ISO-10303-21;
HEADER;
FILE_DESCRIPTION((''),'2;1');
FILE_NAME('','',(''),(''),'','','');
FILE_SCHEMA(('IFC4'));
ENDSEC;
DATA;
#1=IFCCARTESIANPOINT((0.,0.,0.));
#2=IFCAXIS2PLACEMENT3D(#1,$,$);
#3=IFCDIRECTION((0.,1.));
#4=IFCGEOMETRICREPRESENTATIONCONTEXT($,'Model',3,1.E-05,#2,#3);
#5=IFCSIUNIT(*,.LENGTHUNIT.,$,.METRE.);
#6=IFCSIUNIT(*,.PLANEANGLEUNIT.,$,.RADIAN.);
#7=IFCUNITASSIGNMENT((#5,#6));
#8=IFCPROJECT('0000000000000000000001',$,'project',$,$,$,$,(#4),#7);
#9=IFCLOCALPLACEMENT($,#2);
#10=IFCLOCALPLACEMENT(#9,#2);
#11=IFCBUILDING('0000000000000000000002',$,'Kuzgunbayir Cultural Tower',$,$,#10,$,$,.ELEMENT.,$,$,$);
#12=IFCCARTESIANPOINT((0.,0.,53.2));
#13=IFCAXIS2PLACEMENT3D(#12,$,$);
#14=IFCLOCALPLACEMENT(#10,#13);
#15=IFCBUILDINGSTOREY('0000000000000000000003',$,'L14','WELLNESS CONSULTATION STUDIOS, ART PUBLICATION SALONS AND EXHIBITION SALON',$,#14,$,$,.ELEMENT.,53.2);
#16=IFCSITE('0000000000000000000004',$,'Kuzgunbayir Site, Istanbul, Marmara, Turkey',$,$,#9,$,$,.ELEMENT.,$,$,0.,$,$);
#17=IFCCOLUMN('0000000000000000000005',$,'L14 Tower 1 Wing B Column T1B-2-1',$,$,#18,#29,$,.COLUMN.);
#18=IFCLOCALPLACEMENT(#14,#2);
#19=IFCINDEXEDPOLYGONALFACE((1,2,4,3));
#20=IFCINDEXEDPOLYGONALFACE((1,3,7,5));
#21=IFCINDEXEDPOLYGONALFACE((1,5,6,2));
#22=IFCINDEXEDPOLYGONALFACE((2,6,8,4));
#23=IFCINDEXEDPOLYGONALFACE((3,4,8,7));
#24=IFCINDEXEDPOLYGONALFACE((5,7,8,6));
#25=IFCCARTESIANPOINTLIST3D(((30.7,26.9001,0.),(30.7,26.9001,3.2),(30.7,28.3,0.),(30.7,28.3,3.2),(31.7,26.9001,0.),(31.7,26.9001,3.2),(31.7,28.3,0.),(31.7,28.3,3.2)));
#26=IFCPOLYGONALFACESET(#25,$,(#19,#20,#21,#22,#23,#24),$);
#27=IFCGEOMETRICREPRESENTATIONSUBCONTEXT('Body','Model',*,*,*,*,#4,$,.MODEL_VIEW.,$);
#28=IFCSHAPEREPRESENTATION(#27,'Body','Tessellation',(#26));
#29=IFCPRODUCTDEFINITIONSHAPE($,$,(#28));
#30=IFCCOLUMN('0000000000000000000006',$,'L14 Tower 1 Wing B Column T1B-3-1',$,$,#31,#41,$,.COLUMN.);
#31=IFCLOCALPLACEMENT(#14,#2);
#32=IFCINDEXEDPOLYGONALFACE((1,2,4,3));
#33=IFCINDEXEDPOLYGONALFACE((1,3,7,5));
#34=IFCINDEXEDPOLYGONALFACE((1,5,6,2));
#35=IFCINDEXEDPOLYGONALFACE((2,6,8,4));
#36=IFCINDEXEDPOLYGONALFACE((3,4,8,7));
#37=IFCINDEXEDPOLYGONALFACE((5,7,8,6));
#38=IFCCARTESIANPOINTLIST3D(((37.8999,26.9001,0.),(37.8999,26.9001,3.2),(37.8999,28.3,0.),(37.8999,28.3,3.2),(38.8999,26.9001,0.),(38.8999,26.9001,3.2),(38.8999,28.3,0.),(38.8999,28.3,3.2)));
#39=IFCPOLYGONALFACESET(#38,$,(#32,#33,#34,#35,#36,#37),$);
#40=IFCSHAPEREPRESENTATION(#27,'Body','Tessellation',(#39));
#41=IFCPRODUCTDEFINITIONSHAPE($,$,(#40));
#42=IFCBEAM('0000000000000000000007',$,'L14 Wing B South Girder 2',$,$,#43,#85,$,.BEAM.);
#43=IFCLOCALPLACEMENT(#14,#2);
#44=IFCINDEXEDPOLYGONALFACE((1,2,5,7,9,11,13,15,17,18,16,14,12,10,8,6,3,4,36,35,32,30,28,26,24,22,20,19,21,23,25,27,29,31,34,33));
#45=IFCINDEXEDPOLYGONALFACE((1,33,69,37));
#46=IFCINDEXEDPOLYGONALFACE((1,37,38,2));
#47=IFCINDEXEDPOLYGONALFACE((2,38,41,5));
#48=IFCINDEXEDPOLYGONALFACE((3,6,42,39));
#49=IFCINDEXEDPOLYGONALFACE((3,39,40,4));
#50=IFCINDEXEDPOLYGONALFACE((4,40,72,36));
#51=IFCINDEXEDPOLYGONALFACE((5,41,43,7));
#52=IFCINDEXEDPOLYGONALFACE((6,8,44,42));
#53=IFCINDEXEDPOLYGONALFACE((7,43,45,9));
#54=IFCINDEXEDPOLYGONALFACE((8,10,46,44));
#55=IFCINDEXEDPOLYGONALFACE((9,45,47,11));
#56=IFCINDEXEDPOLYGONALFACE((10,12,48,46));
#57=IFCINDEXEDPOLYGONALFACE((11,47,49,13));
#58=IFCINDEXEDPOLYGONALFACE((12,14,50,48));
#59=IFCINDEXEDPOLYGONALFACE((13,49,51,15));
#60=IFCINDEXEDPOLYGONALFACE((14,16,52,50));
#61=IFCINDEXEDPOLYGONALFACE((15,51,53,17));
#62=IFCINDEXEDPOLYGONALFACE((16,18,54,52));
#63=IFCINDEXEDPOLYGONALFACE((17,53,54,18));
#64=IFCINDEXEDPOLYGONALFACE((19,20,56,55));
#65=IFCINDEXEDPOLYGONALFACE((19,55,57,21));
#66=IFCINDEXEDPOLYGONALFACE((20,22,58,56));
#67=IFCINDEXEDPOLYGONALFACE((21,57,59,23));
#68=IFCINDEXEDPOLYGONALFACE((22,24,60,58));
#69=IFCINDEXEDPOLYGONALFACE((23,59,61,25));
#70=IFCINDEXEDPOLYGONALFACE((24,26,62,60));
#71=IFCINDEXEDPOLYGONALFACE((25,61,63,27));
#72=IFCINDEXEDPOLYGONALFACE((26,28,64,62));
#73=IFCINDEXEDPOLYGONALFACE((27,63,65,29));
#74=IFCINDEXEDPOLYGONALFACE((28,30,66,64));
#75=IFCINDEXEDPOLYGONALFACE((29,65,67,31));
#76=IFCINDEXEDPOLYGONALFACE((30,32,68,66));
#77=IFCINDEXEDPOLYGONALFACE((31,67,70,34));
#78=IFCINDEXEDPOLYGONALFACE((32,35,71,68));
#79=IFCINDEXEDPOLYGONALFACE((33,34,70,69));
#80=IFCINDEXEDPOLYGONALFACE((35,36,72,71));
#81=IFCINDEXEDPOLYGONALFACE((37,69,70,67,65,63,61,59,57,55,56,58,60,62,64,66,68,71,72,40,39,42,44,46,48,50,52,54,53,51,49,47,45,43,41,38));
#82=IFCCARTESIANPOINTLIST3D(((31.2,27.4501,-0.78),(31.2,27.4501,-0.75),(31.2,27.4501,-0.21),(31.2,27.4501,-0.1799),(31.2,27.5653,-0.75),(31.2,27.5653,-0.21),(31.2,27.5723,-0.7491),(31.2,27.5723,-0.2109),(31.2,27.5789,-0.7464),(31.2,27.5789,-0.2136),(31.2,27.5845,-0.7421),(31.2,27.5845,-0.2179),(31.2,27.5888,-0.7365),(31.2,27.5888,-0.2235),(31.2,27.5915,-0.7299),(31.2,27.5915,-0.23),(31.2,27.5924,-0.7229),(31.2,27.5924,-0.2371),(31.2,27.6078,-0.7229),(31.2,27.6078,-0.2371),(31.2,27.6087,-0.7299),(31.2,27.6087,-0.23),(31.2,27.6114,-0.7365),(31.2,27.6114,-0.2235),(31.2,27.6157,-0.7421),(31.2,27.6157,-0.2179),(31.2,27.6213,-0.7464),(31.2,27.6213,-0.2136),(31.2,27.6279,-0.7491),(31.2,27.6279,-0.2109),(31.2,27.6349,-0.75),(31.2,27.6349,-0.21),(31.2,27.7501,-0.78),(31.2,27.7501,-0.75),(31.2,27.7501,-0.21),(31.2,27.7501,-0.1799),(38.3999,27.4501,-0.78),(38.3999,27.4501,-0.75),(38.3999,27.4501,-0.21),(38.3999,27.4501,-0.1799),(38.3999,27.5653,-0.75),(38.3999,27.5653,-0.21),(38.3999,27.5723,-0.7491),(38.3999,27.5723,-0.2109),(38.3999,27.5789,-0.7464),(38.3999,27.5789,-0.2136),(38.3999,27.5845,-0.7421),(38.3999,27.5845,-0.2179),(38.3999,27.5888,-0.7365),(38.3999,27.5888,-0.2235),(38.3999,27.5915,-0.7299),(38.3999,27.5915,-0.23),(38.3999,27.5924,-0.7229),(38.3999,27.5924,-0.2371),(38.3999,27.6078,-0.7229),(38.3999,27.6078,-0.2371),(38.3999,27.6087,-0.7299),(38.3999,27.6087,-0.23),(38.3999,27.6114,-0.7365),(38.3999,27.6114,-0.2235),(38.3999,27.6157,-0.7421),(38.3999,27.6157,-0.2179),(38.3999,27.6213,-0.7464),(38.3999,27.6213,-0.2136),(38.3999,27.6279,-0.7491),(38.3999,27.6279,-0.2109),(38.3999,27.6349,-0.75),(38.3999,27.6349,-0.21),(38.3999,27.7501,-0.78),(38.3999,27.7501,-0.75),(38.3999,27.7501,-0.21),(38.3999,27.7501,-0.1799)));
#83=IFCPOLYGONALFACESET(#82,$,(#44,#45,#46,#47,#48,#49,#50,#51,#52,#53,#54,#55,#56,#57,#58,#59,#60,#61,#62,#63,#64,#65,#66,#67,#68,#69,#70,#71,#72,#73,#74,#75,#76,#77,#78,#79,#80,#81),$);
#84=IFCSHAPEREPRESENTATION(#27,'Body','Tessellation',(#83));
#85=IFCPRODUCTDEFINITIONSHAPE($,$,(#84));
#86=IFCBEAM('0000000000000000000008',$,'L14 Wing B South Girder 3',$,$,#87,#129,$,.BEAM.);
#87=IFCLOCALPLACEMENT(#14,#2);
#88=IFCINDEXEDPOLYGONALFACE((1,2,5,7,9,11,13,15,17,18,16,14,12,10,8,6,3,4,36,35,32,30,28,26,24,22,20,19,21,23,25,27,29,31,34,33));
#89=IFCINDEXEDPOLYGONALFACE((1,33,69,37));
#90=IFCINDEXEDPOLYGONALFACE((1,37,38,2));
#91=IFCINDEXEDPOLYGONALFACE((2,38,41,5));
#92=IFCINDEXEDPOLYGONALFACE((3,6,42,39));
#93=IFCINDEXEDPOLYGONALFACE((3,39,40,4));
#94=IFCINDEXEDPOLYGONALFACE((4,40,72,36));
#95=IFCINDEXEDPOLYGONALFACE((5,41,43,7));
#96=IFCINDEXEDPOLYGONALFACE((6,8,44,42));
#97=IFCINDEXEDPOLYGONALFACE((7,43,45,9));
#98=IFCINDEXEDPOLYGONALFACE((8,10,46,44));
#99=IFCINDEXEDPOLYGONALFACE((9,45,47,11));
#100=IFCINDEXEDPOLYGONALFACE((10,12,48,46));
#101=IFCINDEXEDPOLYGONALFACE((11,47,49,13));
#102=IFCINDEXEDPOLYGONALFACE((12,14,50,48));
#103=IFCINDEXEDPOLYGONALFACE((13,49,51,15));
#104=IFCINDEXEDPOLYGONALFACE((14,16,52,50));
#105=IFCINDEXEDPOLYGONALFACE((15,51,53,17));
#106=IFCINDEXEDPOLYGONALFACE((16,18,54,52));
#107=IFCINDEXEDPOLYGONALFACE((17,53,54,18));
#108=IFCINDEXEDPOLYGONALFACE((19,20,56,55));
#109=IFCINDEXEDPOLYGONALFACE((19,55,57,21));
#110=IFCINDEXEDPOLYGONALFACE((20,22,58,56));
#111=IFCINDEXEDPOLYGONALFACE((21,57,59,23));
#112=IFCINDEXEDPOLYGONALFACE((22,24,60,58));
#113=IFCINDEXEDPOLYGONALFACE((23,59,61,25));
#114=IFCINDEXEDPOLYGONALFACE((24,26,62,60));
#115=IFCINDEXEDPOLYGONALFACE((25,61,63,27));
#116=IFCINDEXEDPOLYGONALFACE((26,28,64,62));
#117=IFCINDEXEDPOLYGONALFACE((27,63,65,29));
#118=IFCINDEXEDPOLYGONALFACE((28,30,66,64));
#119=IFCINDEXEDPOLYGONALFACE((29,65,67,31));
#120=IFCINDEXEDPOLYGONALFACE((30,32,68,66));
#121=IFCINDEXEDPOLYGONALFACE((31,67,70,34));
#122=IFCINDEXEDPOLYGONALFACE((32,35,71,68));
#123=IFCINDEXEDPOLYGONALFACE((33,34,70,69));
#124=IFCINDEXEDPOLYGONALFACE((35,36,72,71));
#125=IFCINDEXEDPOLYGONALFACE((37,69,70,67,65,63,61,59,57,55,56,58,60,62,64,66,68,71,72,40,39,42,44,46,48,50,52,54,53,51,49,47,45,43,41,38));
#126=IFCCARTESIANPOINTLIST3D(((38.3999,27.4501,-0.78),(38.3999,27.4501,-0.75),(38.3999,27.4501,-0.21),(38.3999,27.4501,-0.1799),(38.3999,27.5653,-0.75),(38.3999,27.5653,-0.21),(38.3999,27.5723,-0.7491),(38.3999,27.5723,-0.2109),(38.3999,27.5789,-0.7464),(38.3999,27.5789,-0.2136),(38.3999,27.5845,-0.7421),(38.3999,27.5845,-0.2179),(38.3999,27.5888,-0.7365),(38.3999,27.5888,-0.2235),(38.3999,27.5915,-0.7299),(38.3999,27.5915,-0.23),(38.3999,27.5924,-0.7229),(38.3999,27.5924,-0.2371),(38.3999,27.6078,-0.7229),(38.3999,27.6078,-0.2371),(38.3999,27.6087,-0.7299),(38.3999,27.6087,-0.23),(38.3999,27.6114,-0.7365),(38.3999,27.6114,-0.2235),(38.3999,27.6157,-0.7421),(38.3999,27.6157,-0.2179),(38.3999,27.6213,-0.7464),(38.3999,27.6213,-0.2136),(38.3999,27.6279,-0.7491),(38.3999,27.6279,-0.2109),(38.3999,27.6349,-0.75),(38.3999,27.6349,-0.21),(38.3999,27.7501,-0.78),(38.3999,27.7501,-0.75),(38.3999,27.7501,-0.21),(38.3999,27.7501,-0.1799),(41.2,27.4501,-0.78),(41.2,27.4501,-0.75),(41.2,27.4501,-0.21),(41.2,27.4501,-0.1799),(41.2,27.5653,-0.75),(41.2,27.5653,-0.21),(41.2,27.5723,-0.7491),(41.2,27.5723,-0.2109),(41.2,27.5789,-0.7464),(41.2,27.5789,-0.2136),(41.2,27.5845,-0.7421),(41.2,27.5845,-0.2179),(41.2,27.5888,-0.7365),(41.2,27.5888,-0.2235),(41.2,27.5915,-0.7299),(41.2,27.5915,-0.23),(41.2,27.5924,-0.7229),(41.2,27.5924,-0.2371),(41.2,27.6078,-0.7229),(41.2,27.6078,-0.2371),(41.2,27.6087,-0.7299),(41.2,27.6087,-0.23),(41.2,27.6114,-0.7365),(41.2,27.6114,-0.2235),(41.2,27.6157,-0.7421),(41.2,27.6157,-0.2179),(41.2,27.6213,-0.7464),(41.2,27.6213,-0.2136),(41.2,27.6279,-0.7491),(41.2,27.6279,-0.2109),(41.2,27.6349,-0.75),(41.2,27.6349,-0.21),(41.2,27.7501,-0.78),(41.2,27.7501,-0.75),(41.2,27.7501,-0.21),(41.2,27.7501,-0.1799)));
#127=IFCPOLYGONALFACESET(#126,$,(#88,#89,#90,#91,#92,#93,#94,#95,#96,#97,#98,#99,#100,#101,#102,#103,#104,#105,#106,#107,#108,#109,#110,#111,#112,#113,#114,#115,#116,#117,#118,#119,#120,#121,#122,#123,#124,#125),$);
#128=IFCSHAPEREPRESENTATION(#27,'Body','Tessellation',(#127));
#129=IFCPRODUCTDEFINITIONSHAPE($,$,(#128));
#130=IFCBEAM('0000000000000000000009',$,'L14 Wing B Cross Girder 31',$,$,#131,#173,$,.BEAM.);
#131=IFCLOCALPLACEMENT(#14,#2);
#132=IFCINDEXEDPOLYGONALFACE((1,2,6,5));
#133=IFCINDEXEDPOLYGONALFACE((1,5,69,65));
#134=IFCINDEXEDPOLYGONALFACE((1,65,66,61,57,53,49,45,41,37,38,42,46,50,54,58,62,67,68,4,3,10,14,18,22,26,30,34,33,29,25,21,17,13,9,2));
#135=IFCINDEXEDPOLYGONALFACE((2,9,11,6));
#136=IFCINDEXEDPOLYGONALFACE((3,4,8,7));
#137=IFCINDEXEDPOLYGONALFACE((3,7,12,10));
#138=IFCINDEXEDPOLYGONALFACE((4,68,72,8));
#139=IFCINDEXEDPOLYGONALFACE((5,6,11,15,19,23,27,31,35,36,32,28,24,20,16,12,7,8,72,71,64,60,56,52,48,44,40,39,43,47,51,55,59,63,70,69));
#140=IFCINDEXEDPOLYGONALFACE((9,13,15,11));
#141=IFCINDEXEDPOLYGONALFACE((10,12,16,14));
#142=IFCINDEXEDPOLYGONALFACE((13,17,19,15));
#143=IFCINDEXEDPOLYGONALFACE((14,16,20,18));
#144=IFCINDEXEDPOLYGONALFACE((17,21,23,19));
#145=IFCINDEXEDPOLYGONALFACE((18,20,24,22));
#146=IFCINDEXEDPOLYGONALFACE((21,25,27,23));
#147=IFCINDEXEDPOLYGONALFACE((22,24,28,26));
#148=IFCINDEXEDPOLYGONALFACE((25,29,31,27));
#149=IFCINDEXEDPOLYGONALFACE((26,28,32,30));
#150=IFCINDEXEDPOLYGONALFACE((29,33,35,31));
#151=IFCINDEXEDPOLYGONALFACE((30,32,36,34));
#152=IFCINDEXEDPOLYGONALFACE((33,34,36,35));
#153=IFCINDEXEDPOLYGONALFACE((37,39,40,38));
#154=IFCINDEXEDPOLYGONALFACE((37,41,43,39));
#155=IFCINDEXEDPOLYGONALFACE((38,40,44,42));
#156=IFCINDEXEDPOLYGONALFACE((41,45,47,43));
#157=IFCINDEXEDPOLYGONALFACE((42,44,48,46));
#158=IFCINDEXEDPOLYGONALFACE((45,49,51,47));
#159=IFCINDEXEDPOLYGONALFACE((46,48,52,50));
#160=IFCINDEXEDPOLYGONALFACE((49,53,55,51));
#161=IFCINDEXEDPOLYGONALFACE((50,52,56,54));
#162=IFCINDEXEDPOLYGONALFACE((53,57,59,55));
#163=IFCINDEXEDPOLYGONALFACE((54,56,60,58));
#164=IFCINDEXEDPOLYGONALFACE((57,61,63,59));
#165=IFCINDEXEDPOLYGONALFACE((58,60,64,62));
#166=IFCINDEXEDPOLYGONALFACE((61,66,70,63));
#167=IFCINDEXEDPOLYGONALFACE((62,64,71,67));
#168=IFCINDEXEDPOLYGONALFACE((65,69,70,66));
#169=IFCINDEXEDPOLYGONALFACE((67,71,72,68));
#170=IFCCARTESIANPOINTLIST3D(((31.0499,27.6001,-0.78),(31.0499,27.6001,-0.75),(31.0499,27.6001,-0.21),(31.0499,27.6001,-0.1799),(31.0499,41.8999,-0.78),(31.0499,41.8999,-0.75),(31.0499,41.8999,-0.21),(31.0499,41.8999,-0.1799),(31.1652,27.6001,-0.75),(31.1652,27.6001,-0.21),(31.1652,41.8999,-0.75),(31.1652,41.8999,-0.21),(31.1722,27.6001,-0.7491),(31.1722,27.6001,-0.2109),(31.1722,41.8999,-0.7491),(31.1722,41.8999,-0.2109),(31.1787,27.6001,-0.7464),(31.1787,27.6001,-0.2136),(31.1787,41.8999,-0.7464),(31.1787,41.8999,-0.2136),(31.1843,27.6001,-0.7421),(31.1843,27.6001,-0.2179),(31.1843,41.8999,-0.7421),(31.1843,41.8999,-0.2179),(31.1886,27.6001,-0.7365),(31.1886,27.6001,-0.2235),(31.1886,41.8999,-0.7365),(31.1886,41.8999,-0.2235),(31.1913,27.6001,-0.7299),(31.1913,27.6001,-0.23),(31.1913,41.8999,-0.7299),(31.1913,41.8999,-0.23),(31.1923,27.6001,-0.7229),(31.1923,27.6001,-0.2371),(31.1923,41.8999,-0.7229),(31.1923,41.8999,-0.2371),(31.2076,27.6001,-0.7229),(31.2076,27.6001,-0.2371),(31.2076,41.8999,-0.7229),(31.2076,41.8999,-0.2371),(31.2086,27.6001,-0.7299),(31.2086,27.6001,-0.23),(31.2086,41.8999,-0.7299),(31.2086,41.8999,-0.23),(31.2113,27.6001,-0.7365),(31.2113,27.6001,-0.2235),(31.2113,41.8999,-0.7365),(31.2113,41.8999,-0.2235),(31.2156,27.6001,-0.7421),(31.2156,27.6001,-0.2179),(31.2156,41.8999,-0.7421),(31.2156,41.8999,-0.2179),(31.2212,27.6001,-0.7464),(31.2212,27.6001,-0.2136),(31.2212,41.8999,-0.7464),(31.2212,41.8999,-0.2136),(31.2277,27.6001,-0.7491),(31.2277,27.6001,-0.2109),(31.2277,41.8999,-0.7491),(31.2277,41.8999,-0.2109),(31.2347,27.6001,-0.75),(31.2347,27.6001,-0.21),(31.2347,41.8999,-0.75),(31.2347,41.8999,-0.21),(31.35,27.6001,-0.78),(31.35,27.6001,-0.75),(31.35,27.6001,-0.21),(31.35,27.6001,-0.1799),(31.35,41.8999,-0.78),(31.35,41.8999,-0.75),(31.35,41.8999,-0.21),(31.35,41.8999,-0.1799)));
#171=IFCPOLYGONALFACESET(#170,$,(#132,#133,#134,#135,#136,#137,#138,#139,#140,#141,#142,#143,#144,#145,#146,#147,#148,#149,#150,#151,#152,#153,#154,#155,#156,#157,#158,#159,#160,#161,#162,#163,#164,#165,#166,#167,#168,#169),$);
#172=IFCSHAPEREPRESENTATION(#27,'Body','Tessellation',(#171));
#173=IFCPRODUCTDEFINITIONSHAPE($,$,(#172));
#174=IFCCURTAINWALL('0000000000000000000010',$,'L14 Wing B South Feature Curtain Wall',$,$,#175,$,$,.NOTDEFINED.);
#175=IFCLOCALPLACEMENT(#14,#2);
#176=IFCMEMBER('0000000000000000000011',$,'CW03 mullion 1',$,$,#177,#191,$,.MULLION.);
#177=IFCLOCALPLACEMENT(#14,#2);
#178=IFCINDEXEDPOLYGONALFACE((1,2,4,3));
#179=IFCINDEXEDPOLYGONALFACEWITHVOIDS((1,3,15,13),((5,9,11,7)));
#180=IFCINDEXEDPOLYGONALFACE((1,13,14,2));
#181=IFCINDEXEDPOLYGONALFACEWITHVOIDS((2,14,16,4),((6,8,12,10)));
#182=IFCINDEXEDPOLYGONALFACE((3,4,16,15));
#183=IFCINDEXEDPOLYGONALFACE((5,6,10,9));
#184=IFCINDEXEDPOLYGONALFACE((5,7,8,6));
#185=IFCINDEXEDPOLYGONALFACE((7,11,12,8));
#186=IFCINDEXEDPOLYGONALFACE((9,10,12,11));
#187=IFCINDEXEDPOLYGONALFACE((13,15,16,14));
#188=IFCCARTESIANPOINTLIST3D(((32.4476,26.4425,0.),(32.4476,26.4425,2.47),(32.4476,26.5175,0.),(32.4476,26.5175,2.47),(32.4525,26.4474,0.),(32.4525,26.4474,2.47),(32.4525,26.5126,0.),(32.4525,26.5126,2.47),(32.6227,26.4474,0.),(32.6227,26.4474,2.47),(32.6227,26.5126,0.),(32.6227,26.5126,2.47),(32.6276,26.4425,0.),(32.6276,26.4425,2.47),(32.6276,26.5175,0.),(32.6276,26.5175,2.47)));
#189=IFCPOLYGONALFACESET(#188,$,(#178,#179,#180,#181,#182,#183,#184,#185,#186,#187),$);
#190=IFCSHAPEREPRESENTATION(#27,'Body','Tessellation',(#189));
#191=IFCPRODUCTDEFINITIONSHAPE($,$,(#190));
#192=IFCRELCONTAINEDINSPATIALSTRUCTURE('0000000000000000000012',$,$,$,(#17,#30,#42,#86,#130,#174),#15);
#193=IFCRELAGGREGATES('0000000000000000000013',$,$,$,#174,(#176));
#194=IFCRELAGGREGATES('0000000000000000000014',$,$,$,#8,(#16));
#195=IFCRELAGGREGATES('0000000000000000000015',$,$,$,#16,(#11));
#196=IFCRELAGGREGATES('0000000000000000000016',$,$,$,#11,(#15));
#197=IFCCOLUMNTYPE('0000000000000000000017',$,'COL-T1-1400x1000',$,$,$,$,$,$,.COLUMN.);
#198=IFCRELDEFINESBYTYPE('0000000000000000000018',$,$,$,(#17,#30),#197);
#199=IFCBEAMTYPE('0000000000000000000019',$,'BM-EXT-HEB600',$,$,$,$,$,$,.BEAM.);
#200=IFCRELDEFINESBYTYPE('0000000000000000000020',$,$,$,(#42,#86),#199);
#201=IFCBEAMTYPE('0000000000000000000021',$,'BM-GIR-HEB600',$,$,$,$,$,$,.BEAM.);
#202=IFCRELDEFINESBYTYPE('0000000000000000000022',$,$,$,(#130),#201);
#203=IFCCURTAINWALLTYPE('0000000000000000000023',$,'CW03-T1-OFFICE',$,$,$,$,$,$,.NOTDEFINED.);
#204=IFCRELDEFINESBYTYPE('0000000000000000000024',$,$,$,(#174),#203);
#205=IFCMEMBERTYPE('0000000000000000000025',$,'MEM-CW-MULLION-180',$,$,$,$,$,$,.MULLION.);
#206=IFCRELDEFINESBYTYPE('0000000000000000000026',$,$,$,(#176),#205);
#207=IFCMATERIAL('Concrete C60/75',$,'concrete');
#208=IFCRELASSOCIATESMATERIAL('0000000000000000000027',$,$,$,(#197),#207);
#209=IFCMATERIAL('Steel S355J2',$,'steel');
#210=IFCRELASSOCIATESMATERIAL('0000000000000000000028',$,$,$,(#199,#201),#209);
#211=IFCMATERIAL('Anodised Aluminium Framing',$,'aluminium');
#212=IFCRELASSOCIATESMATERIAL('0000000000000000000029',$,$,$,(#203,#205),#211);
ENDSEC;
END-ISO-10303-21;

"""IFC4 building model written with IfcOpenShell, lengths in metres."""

from ifc_helpers import new_model, si_unit, direction, frame, origin, origin_2d, place, context, subcontext, project, spatial, rectangle, hollow_rectangle, i_section, extrude, material, material_profile, profile_set, type_object, element, aggregate, save


model = new_model("IFC4")

# Units and contexts
model_context = context("Model", 3, precision=1e-05, world=origin(), true_north=direction((0.0, 1.0)))
body_context = subcontext(model_context, "Body", "Model", "MODEL_VIEW")
ifc_project = project(units=[si_unit("LENGTHUNIT", "METRE"), si_unit("PLANEANGLEUNIT", "RADIAN")], contexts=[model_context])

# Site, building, storey
site_placement = place(None, origin())
site = spatial("IfcSite", under=ifc_project, at=site_placement, Name="Kuzgunbayir Site, Istanbul, Marmara, Turkey", CompositionType="ELEMENT", RefElevation=0.0)
building_placement = place(site_placement, origin())
building = spatial("IfcBuilding", under=site, at=building_placement, Name="Kuzgunbayir Cultural Tower", CompositionType="ELEMENT")
storey_placement = place(building_placement, frame((0.0, 0.0, 53.2)))
storey = spatial("IfcBuildingStorey", under=building, at=storey_placement, Name="L14", Description="WELLNESS CONSULTATION STUDIOS, ART PUBLICATION SALONS AND EXHIBITION SALON", CompositionType="ELEMENT", Elevation=53.2)

# Columns
ifc_material_1 = material(Name="Concrete C60/75", Category="concrete")
ifc_material_profile_1 = material_profile(ifc_material_1, rectangle(XDim=1.0, YDim=1.3999, at=origin_2d()), Name="RC 1400x1000")
ifc_profile_set_1 = profile_set([ifc_material_profile_1], Name="Concrete C60/75")
column_type = type_object("IfcColumnType", Name="COL-T1-1400x1000", PredefinedType="COLUMN", material=ifc_profile_set_1)
for number, where, z_axis, x_axis, name in (
    (1, (31.2, 27.6001, 0.0), (0.0, 0.0, 1.0), (1.0, 0.0, 0.0), "L14 Tower 1 Wing B Column T1B-2-1"),
    (2, (38.3999, 27.6001, 0.0), (0.0, 0.0, 1.0), (1.0, 0.0, 0.0), "L14 Tower 1 Wing B Column T1B-3-1"),
):
    element("IfcColumn", number, at=place(storey_placement, frame(where, z_axis=z_axis, x_axis=x_axis)), inside=storey, type_object=column_type, Name=name, PredefinedType="COLUMN", context=body_context, shape_type="SweptSolid", body=[
        extrude(rectangle(XDim=1.0, YDim=1.3999, at=origin_2d()), origin(), (0.0, 0.0, 1.0), 3.2),
    ])

# Beams
ifc_material_2 = material(Name="Steel S355J2", Category="steel")
ifc_material_profile_2 = material_profile(ifc_material_2, i_section(OverallWidth=0.3, OverallDepth=0.6001, WebThickness=0.0154, FlangeThickness=0.03, FilletRadius=0.0271, at=origin_2d()), Name="HEB 600")
ifc_profile_set_2 = profile_set([ifc_material_profile_2], Name="Steel S355J2")
beam_type_1 = type_object("IfcBeamType", Name="BM-EXT-HEB600", PredefinedType="BEAM", material=ifc_profile_set_2)
beam_1_placement = place(storey_placement, frame((31.2, 27.6001, -0.48), z_axis=(1.0, 0.0, 0.0), x_axis=(0.0, 1.0, 0.0)))
element("IfcBeam", 3, at=beam_1_placement, inside=storey, type_object=beam_type_1, Name="L14 Wing B South Girder 2", PredefinedType="BEAM", context=body_context, shape_type="SweptSolid", body=[
    extrude(i_section(OverallWidth=0.3, OverallDepth=0.6001, WebThickness=0.0154, FlangeThickness=0.03, FilletRadius=0.0271, at=origin_2d()), origin(), (0.0, 0.0, 1.0), 7.2),
])
beam_2_placement = place(storey_placement, frame((38.3999, 27.6001, -0.48), z_axis=(1.0, 0.0, 0.0), x_axis=(0.0, 1.0, 0.0)))
element("IfcBeam", 4, at=beam_2_placement, inside=storey, type_object=beam_type_1, Name="L14 Wing B South Girder 3", PredefinedType="BEAM", context=body_context, shape_type="SweptSolid", body=[
    extrude(i_section(OverallWidth=0.3, OverallDepth=0.6001, WebThickness=0.0154, FlangeThickness=0.03, FilletRadius=0.0271, at=origin_2d()), origin(), (0.0, 0.0, 1.0), 2.8),
])
ifc_material_profile_3 = material_profile(ifc_material_2, i_section(OverallWidth=0.3, OverallDepth=0.6001, WebThickness=0.0154, FlangeThickness=0.03, FilletRadius=0.0271, at=origin_2d()), Name="HEB 600")
ifc_profile_set_3 = profile_set([ifc_material_profile_3], Name="Steel S355J2")
beam_type_2 = type_object("IfcBeamType", Name="BM-GIR-HEB600", PredefinedType="BEAM", material=ifc_profile_set_3)
beam_3_placement = place(storey_placement, frame((31.2, 27.6001, -0.48), z_axis=(0.0, 1.0, 0.0), x_axis=(-1.0, 0.0, 0.0)))
element("IfcBeam", 5, at=beam_3_placement, inside=storey, type_object=beam_type_2, Name="L14 Wing B Cross Girder 31", PredefinedType="BEAM", context=body_context, shape_type="SweptSolid", body=[
    extrude(i_section(OverallWidth=0.3, OverallDepth=0.6001, WebThickness=0.0154, FlangeThickness=0.03, FilletRadius=0.0271, at=origin_2d()), origin(), (0.0, 0.0, 1.0), 14.2998),
])

# Curtain wall, member
ifc_material_3 = material(Name="Anodised Aluminium Framing", Category="aluminium")
curtain_wall_type = type_object("IfcCurtainWallType", Name="CW03-T1-OFFICE", PredefinedType="NOTDEFINED", material=ifc_material_3)
curtain_wall_placement = place(storey_placement, origin())
curtain_wall = element("IfcCurtainWall", 6, at=curtain_wall_placement, inside=storey, type_object=curtain_wall_type, Name="L14 Wing B South Feature Curtain Wall", PredefinedType="NOTDEFINED")
ifc_material_profile_4 = material_profile(ifc_material_3, hollow_rectangle(XDim=0.075, YDim=0.1799, WallThickness=0.0049, at=origin_2d()), Name="RHS 180x75x5")
ifc_profile_set_4 = profile_set([ifc_material_profile_4], Name="Anodised Aluminium Framing")
member_type_1 = type_object("IfcMemberType", Name="MEM-CW-MULLION-180", PredefinedType="MULLION", material=ifc_profile_set_4)
member_1_placement = place(storey_placement, frame((32.5376, 26.48, 0.0), z_axis=(0.0, 0.0, 1.0), x_axis=(0.0, 1.0, 0.0)))
member_1 = element("IfcMember", 7, at=member_1_placement, type_object=member_type_1, Name="CW03 mullion 1", PredefinedType="MULLION", context=body_context, shape_type="SweptSolid", body=[
    extrude(hollow_rectangle(XDim=0.075, YDim=0.1799, WallThickness=0.0049, at=origin_2d()), origin(), (0.0, 0.0, 1.0), 2.47),
])
aggregate(curtain_wall, [member_1])

save(model, "model.ifc")
